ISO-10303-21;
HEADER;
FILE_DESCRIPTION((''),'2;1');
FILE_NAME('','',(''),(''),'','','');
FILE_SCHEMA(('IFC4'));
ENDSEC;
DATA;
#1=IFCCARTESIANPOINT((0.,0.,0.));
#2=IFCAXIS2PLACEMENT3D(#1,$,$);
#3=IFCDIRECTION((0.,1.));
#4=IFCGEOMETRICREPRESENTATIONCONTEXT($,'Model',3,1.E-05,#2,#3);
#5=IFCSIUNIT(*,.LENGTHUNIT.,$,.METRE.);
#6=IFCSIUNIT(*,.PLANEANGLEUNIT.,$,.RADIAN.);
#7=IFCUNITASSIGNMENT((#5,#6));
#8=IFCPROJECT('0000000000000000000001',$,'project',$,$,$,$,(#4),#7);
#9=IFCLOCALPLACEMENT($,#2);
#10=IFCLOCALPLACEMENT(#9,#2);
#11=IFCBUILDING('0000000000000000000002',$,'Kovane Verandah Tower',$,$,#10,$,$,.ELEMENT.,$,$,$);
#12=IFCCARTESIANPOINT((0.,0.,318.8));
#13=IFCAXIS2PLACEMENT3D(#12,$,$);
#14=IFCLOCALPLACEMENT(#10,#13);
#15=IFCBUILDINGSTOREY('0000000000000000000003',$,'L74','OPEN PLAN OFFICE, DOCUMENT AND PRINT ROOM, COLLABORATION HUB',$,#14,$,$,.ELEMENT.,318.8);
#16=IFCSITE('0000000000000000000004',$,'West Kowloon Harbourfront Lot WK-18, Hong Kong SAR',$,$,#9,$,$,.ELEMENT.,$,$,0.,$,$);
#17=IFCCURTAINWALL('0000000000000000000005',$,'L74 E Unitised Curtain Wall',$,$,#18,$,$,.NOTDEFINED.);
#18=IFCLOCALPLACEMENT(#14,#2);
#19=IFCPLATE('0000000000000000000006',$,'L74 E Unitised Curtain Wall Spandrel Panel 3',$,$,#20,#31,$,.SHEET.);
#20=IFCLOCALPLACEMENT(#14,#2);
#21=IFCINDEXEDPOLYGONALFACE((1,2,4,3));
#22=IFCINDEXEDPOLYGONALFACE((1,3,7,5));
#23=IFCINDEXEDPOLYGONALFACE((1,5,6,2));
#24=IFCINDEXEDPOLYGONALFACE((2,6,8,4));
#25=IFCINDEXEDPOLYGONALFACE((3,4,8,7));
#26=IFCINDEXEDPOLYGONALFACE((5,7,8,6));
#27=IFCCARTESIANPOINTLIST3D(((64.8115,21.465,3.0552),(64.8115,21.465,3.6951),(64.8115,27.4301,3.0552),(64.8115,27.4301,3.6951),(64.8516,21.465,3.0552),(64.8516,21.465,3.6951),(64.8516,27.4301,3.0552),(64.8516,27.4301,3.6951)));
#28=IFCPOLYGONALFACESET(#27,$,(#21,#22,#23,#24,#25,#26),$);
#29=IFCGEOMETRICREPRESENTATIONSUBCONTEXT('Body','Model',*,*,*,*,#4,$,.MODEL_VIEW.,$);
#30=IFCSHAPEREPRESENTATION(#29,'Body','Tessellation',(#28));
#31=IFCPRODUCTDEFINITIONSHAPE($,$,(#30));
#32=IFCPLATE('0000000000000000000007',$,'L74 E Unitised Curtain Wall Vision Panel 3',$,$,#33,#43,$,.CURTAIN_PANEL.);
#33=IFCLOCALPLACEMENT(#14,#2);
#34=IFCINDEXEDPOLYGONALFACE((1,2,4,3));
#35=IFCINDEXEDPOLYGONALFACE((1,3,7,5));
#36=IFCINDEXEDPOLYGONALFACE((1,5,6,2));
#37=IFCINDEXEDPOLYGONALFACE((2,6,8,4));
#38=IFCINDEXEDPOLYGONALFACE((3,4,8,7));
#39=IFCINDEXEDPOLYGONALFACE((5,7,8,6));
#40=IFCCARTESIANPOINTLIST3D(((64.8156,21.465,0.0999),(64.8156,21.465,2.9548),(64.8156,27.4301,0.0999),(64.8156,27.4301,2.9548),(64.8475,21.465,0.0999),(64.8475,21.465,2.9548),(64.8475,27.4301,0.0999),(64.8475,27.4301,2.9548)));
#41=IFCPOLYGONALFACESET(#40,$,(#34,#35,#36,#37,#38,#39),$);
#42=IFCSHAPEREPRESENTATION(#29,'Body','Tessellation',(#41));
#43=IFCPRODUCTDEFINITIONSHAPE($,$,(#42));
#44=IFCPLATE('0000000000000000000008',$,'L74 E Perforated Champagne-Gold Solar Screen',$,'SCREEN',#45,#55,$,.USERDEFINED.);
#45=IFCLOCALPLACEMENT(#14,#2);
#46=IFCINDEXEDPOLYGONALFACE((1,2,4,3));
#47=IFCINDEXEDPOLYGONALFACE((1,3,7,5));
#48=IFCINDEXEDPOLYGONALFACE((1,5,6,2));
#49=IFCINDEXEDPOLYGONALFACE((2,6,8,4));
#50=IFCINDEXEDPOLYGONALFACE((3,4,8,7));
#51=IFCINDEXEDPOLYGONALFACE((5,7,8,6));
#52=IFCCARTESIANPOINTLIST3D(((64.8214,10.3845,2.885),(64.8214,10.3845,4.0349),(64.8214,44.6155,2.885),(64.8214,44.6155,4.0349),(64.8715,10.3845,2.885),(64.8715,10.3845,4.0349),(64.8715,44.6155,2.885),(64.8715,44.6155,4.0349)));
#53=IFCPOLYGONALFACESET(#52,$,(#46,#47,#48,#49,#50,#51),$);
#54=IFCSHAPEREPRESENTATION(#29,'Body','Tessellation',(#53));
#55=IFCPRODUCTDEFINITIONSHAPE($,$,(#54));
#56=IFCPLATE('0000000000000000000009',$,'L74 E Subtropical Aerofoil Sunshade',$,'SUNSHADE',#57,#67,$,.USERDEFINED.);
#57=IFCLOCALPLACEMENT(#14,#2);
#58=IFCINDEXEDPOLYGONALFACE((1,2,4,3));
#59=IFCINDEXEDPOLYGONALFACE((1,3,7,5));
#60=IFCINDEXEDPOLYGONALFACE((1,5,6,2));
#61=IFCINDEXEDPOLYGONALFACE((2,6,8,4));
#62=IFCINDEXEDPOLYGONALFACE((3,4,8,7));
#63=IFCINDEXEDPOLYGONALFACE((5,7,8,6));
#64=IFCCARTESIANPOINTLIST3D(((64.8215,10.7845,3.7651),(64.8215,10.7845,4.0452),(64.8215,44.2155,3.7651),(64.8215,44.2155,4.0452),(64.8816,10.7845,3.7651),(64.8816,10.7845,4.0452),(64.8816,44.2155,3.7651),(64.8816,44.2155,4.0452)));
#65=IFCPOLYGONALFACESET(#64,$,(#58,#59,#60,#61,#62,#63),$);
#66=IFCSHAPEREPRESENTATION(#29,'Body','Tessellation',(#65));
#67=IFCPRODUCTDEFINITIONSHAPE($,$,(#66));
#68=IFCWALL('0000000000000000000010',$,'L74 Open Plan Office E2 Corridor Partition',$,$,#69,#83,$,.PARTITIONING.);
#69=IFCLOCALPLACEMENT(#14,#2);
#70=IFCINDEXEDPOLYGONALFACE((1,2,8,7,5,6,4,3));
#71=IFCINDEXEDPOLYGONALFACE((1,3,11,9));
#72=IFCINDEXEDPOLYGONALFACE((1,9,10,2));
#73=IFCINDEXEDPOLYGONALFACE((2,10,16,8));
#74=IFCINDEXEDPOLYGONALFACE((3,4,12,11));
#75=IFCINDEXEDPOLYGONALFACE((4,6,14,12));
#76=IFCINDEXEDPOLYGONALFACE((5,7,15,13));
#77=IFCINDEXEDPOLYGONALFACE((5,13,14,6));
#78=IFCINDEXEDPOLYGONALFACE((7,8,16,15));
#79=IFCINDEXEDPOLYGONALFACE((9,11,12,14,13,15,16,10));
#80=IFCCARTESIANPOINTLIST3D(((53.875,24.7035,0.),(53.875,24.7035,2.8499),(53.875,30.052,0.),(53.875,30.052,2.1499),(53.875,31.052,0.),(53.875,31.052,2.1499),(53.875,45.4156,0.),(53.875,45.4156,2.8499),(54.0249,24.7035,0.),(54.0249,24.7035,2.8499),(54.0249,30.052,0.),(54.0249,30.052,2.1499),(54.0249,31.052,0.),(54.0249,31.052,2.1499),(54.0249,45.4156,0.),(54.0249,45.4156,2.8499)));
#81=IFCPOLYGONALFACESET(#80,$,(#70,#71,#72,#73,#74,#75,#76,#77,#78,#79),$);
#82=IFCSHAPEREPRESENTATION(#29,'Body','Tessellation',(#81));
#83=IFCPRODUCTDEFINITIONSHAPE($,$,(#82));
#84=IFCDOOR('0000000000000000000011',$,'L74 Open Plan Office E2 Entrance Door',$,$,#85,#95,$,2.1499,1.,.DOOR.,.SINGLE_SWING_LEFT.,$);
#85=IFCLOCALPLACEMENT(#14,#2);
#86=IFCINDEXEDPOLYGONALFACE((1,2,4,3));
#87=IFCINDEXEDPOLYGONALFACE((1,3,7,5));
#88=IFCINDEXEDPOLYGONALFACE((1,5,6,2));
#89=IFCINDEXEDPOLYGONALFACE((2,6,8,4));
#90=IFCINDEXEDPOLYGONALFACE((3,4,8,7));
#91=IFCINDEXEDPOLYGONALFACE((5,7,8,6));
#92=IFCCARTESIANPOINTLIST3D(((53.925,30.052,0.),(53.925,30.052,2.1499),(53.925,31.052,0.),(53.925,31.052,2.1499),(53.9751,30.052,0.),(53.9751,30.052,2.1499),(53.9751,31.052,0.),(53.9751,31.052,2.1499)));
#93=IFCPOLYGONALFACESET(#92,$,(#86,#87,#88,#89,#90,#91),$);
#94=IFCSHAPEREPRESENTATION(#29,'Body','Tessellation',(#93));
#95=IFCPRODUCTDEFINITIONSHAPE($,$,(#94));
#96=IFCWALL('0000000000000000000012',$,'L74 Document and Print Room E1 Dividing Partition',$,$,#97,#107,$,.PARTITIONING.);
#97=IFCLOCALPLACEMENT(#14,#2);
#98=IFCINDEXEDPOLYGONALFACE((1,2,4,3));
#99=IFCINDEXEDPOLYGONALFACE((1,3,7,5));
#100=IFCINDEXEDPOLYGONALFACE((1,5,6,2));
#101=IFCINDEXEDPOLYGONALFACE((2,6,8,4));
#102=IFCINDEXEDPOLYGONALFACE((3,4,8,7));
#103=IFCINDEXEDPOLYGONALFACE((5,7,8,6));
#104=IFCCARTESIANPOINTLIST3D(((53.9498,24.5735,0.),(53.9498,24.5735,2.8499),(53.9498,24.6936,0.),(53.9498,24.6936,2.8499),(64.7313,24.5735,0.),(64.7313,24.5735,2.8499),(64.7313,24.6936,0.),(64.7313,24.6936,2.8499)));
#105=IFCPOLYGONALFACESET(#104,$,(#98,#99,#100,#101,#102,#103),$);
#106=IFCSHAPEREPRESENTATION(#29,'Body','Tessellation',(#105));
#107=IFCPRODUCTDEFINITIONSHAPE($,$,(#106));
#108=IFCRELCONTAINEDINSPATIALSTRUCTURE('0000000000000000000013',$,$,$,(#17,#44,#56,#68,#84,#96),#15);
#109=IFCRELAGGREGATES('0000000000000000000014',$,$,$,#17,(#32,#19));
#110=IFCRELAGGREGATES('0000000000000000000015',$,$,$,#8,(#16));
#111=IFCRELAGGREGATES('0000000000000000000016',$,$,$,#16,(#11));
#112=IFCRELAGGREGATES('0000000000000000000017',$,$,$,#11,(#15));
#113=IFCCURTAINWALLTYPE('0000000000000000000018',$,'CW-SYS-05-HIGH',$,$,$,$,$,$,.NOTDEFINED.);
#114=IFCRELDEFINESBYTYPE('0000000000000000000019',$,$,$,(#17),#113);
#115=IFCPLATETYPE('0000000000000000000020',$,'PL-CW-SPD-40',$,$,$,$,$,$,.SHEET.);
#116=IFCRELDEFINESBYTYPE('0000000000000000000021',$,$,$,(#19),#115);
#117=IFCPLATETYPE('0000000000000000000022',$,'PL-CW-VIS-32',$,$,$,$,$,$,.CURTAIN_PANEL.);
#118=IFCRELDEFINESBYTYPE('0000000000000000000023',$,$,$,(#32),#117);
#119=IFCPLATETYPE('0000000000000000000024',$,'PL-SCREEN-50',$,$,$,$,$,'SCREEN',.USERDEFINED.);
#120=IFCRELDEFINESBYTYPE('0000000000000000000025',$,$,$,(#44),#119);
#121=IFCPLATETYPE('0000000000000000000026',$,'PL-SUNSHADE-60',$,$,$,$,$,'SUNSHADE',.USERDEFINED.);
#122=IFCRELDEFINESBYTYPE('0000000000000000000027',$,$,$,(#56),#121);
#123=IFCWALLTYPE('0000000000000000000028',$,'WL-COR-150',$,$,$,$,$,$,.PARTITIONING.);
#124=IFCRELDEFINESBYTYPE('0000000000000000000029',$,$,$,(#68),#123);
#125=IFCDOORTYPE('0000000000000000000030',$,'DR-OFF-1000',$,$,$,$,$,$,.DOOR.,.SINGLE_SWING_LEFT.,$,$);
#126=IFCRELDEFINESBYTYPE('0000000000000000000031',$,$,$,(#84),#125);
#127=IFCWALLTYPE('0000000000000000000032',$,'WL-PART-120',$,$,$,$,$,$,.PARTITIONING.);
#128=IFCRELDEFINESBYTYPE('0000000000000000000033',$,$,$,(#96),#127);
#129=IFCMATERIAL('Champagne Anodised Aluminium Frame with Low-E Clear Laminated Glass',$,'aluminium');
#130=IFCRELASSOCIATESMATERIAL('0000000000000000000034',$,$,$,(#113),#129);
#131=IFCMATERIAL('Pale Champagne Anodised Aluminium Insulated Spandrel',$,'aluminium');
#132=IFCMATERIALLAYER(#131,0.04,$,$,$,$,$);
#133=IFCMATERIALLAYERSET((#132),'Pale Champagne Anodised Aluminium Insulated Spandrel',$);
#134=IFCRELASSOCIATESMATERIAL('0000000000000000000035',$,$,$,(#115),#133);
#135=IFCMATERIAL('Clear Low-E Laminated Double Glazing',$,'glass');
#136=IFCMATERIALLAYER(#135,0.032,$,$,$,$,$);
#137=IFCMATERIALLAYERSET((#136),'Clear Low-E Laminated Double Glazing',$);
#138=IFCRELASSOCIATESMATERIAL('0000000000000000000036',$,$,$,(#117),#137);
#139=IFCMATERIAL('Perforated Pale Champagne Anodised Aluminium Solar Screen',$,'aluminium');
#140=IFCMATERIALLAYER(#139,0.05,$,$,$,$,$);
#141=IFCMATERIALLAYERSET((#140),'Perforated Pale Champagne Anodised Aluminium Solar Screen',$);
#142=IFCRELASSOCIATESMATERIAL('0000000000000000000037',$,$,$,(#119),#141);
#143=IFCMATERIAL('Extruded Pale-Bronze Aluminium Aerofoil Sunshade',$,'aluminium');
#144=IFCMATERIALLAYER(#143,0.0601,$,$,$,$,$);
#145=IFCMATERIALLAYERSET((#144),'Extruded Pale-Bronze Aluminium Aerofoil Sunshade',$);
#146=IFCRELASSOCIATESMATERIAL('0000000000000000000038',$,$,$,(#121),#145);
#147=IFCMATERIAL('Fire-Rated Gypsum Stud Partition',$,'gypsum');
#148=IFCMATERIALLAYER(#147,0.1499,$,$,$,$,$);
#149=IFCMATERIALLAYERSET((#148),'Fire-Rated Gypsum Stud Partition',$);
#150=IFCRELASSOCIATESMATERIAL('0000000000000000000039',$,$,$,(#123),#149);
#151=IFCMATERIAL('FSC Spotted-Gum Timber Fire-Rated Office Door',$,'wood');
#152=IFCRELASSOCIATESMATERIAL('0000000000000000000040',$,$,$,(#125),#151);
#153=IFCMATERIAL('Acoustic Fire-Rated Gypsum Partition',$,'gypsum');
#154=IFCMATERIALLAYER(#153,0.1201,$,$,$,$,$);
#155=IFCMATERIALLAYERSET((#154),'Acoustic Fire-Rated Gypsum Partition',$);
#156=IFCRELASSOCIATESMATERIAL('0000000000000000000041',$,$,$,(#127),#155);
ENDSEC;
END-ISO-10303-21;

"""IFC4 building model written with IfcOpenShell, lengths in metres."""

from ifc_helpers import new_model, si_unit, direction, frame, frame_2d, origin, origin_2d, place, context, subcontext, project, spatial, rectangle, extrude, material, layer, layer_set, type_object, element, fill, aggregate, save


model = new_model("IFC4")

# Units and contexts
model_context = context("Model", 3, precision=1e-05, world=origin(), true_north=direction((0.0, 1.0)))
body_context = subcontext(model_context, "Body", "Model", "MODEL_VIEW")
ifc_project = project(units=[si_unit("LENGTHUNIT", "METRE"), si_unit("PLANEANGLEUNIT", "RADIAN")], contexts=[model_context])

# Site, building, storey
site_placement = place(None, origin())
site = spatial("IfcSite", under=ifc_project, at=site_placement, Name="West Kowloon Harbourfront Lot WK-18, Hong Kong SAR", CompositionType="ELEMENT", RefElevation=0.0)
building_placement = place(site_placement, origin())
building = spatial("IfcBuilding", under=site, at=building_placement, Name="Kovane Verandah Tower", CompositionType="ELEMENT")
storey_placement = place(building_placement, frame((0.0, 0.0, 318.8)))
storey = spatial("IfcBuildingStorey", under=building, at=storey_placement, Name="L74", Description="OPEN PLAN OFFICE, DOCUMENT AND PRINT ROOM, COLLABORATION HUB", CompositionType="ELEMENT", Elevation=318.8)

# Curtain wall
ifc_material_1 = material(Name="Champagne Anodised Aluminium Frame with Low-E Clear Laminated Glass", Category="aluminium")
curtain_wall_type = type_object("IfcCurtainWallType", Name="CW-SYS-05-HIGH", PredefinedType="NOTDEFINED", material=ifc_material_1)
curtain_wall_placement = place(storey_placement, origin())
curtain_wall = element("IfcCurtainWall", 1, at=curtain_wall_placement, inside=storey, type_object=curtain_wall_type, Name="L74 E Unitised Curtain Wall", PredefinedType="NOTDEFINED")

# Plates
ifc_material_2 = material(Name="Pale Champagne Anodised Aluminium Insulated Spandrel", Category="aluminium")
ifc_layer_1 = layer(ifc_material_2, 0.04)
ifc_layer_set_1 = layer_set([ifc_layer_1], Name="Pale Champagne Anodised Aluminium Insulated Spandrel")
plate_type_1 = type_object("IfcPlateType", Name="PL-CW-SPD-40", PredefinedType="SHEET", material=ifc_layer_set_1)
plate_1_placement = place(storey_placement, frame((64.8315, 24.4475, 3.0552), z_axis=(0.0, 0.0, 1.0), x_axis=(0.0, 1.0, 0.0)))
plate_1 = element("IfcPlate", 2, at=plate_1_placement, type_object=plate_type_1, Name="L74 E Unitised Curtain Wall Spandrel Panel 3", PredefinedType="SHEET", context=body_context, shape_type="SweptSolid", body=[
    extrude(rectangle(XDim=5.9651, YDim=0.04, at=origin_2d()), origin(), (0.0, 0.0, 1.0), 0.6399),
])
ifc_material_3 = material(Name="Clear Low-E Laminated Double Glazing", Category="glass")
ifc_layer_2 = layer(ifc_material_3, 0.032)
ifc_layer_set_2 = layer_set([ifc_layer_2], Name="Clear Low-E Laminated Double Glazing")
plate_type_2 = type_object("IfcPlateType", Name="PL-CW-VIS-32", PredefinedType="CURTAIN_PANEL", material=ifc_layer_set_2)
plate_2_placement = place(storey_placement, frame((64.8315, 24.4475, 0.0999), z_axis=(0.0, 0.0, 1.0), x_axis=(0.0, 1.0, 0.0)))
plate_2 = element("IfcPlate", 3, at=plate_2_placement, type_object=plate_type_2, Name="L74 E Unitised Curtain Wall Vision Panel 3", PredefinedType="CURTAIN_PANEL", context=body_context, shape_type="SweptSolid", body=[
    extrude(rectangle(XDim=5.9651, YDim=0.032, at=origin_2d()), origin(), (0.0, 0.0, 1.0), 2.855),
])
aggregate(curtain_wall, [plate_2, plate_1])

# Plates
ifc_material_4 = material(Name="Perforated Pale Champagne Anodised Aluminium Solar Screen", Category="aluminium")
ifc_layer_3 = layer(ifc_material_4, 0.05)
ifc_layer_set_3 = layer_set([ifc_layer_3], Name="Perforated Pale Champagne Anodised Aluminium Solar Screen")
plate_type_3 = type_object("IfcPlateType", Name="PL-SCREEN-50", ElementType="SCREEN", PredefinedType="USERDEFINED", material=ifc_layer_set_3)
plate_3_placement = place(storey_placement, frame((64.8464, 27.5, 2.885), z_axis=(0.0, 0.0, 1.0), x_axis=(0.0, 1.0, 0.0)))
element("IfcPlate", 4, at=plate_3_placement, inside=storey, type_object=plate_type_3, Name="L74 E Perforated Champagne-Gold Solar Screen", ObjectType="SCREEN", PredefinedType="USERDEFINED", context=body_context, shape_type="SweptSolid", body=[
    extrude(rectangle(XDim=34.231, YDim=0.05, at=origin_2d()), origin(), (0.0, 0.0, 1.0), 1.1499),
])
ifc_material_5 = material(Name="Extruded Pale-Bronze Aluminium Aerofoil Sunshade", Category="aluminium")
ifc_layer_4 = layer(ifc_material_5, 0.0601)
ifc_layer_set_4 = layer_set([ifc_layer_4], Name="Extruded Pale-Bronze Aluminium Aerofoil Sunshade")
plate_type_4 = type_object("IfcPlateType", Name="PL-SUNSHADE-60", ElementType="SUNSHADE", PredefinedType="USERDEFINED", material=ifc_layer_set_4)
plate_4_placement = place(storey_placement, frame((64.8516, 27.5, 3.7651), z_axis=(0.0, 0.0, 1.0), x_axis=(0.0, 1.0, 0.0)))
element("IfcPlate", 5, at=plate_4_placement, inside=storey, type_object=plate_type_4, Name="L74 E Subtropical Aerofoil Sunshade", ObjectType="SUNSHADE", PredefinedType="USERDEFINED", context=body_context, shape_type="SweptSolid", body=[
    extrude(rectangle(XDim=33.4309, YDim=0.0601, at=origin_2d()), origin(), (0.0, 0.0, 1.0), 0.28),
])

# Wall, opening, door
ifc_material_6 = material(Name="Fire-Rated Gypsum Stud Partition", Category="gypsum")
ifc_layer_5 = layer(ifc_material_6, 0.1499)
ifc_layer_set_5 = layer_set([ifc_layer_5], Name="Fire-Rated Gypsum Stud Partition")
wall_type_1 = type_object("IfcWallType", Name="WL-COR-150", PredefinedType="PARTITIONING", material=ifc_layer_set_5)
wall_1_placement = place(storey_placement, frame((53.95, 24.7036, 0.0), z_axis=(0.0, 0.0, 1.0), x_axis=(0.0, 1.0, 0.0)))
wall_1 = element("IfcWall", 6, at=wall_1_placement, inside=storey, type_object=wall_type_1, Name="L74 Open Plan Office E2 Corridor Partition", PredefinedType="PARTITIONING", context=body_context, shape_type="SweptSolid", body=[
    extrude(rectangle(XDim=20.7122, YDim=0.1499, at=frame_2d((10.356, 0.0))), origin(), (0.0, 0.0, 1.0), 2.8499),
])
opening_1_placement = place(wall_1_placement, frame((5.3484, 0.0, 0.0)))
opening_1 = element("IfcOpeningElement", 7, at=opening_1_placement, cuts=wall_1, PredefinedType="OPENING", context=body_context, shape_type="SweptSolid", body=[
    extrude(rectangle(XDim=1.0, YDim=2.1499, at=frame_2d((0.5, 1.075))), frame((0.0, 0.075, 0.0), z_axis=(0.0, -1.0, 0.0), x_axis=(1.0, 0.0, 0.0)), (0.0, 0.0, 1.0), 0.1499),
])
ifc_material_7 = material(Name="FSC Spotted-Gum Timber Fire-Rated Office Door", Category="wood")
door_type_1 = type_object("IfcDoorType", Name="DR-OFF-1000", OperationType="SINGLE_SWING_LEFT", PredefinedType="DOOR", material=ifc_material_7)
door_1_placement = place(opening_1_placement, origin())
door_1 = element("IfcDoor", 8, at=door_1_placement, inside=storey, type_object=door_type_1, Name="L74 Open Plan Office E2 Entrance Door", OperationType="SINGLE_SWING_LEFT", OverallHeight=2.1499, OverallWidth=1.0, PredefinedType="DOOR", context=body_context, shape_type="SweptSolid", body=[
    extrude(rectangle(XDim=1.0, YDim=2.1499, at=frame_2d((0.5, 1.075))), frame((0.0, 0.0249, 0.0), z_axis=(0.0, -1.0, 0.0), x_axis=(1.0, 0.0, 0.0)), (0.0, 0.0, 1.0), 0.05),
])
fill(opening_1, door_1)

# Wall
ifc_material_8 = material(Name="Acoustic Fire-Rated Gypsum Partition", Category="gypsum")
ifc_layer_6 = layer(ifc_material_8, 0.1201)
ifc_layer_set_6 = layer_set([ifc_layer_6], Name="Acoustic Fire-Rated Gypsum Partition")
wall_type_2 = type_object("IfcWallType", Name="WL-PART-120", PredefinedType="PARTITIONING", material=ifc_layer_set_6)
wall_2_placement = place(storey_placement, frame((53.95, 24.6335, 0.0), z_axis=(0.0, 0.0, 1.0), x_axis=(1.0, 0.0, 0.0)))
element("IfcWall", 9, at=wall_2_placement, inside=storey, type_object=wall_type_2, Name="L74 Document and Print Room E1 Dividing Partition", PredefinedType="PARTITIONING", context=body_context, shape_type="SweptSolid", body=[
    extrude(rectangle(XDim=10.7815, YDim=0.1201, at=frame_2d((5.3906, 0.0))), origin(), (0.0, 0.0, 1.0), 2.8499),
])

save(model, "model.ifc")
